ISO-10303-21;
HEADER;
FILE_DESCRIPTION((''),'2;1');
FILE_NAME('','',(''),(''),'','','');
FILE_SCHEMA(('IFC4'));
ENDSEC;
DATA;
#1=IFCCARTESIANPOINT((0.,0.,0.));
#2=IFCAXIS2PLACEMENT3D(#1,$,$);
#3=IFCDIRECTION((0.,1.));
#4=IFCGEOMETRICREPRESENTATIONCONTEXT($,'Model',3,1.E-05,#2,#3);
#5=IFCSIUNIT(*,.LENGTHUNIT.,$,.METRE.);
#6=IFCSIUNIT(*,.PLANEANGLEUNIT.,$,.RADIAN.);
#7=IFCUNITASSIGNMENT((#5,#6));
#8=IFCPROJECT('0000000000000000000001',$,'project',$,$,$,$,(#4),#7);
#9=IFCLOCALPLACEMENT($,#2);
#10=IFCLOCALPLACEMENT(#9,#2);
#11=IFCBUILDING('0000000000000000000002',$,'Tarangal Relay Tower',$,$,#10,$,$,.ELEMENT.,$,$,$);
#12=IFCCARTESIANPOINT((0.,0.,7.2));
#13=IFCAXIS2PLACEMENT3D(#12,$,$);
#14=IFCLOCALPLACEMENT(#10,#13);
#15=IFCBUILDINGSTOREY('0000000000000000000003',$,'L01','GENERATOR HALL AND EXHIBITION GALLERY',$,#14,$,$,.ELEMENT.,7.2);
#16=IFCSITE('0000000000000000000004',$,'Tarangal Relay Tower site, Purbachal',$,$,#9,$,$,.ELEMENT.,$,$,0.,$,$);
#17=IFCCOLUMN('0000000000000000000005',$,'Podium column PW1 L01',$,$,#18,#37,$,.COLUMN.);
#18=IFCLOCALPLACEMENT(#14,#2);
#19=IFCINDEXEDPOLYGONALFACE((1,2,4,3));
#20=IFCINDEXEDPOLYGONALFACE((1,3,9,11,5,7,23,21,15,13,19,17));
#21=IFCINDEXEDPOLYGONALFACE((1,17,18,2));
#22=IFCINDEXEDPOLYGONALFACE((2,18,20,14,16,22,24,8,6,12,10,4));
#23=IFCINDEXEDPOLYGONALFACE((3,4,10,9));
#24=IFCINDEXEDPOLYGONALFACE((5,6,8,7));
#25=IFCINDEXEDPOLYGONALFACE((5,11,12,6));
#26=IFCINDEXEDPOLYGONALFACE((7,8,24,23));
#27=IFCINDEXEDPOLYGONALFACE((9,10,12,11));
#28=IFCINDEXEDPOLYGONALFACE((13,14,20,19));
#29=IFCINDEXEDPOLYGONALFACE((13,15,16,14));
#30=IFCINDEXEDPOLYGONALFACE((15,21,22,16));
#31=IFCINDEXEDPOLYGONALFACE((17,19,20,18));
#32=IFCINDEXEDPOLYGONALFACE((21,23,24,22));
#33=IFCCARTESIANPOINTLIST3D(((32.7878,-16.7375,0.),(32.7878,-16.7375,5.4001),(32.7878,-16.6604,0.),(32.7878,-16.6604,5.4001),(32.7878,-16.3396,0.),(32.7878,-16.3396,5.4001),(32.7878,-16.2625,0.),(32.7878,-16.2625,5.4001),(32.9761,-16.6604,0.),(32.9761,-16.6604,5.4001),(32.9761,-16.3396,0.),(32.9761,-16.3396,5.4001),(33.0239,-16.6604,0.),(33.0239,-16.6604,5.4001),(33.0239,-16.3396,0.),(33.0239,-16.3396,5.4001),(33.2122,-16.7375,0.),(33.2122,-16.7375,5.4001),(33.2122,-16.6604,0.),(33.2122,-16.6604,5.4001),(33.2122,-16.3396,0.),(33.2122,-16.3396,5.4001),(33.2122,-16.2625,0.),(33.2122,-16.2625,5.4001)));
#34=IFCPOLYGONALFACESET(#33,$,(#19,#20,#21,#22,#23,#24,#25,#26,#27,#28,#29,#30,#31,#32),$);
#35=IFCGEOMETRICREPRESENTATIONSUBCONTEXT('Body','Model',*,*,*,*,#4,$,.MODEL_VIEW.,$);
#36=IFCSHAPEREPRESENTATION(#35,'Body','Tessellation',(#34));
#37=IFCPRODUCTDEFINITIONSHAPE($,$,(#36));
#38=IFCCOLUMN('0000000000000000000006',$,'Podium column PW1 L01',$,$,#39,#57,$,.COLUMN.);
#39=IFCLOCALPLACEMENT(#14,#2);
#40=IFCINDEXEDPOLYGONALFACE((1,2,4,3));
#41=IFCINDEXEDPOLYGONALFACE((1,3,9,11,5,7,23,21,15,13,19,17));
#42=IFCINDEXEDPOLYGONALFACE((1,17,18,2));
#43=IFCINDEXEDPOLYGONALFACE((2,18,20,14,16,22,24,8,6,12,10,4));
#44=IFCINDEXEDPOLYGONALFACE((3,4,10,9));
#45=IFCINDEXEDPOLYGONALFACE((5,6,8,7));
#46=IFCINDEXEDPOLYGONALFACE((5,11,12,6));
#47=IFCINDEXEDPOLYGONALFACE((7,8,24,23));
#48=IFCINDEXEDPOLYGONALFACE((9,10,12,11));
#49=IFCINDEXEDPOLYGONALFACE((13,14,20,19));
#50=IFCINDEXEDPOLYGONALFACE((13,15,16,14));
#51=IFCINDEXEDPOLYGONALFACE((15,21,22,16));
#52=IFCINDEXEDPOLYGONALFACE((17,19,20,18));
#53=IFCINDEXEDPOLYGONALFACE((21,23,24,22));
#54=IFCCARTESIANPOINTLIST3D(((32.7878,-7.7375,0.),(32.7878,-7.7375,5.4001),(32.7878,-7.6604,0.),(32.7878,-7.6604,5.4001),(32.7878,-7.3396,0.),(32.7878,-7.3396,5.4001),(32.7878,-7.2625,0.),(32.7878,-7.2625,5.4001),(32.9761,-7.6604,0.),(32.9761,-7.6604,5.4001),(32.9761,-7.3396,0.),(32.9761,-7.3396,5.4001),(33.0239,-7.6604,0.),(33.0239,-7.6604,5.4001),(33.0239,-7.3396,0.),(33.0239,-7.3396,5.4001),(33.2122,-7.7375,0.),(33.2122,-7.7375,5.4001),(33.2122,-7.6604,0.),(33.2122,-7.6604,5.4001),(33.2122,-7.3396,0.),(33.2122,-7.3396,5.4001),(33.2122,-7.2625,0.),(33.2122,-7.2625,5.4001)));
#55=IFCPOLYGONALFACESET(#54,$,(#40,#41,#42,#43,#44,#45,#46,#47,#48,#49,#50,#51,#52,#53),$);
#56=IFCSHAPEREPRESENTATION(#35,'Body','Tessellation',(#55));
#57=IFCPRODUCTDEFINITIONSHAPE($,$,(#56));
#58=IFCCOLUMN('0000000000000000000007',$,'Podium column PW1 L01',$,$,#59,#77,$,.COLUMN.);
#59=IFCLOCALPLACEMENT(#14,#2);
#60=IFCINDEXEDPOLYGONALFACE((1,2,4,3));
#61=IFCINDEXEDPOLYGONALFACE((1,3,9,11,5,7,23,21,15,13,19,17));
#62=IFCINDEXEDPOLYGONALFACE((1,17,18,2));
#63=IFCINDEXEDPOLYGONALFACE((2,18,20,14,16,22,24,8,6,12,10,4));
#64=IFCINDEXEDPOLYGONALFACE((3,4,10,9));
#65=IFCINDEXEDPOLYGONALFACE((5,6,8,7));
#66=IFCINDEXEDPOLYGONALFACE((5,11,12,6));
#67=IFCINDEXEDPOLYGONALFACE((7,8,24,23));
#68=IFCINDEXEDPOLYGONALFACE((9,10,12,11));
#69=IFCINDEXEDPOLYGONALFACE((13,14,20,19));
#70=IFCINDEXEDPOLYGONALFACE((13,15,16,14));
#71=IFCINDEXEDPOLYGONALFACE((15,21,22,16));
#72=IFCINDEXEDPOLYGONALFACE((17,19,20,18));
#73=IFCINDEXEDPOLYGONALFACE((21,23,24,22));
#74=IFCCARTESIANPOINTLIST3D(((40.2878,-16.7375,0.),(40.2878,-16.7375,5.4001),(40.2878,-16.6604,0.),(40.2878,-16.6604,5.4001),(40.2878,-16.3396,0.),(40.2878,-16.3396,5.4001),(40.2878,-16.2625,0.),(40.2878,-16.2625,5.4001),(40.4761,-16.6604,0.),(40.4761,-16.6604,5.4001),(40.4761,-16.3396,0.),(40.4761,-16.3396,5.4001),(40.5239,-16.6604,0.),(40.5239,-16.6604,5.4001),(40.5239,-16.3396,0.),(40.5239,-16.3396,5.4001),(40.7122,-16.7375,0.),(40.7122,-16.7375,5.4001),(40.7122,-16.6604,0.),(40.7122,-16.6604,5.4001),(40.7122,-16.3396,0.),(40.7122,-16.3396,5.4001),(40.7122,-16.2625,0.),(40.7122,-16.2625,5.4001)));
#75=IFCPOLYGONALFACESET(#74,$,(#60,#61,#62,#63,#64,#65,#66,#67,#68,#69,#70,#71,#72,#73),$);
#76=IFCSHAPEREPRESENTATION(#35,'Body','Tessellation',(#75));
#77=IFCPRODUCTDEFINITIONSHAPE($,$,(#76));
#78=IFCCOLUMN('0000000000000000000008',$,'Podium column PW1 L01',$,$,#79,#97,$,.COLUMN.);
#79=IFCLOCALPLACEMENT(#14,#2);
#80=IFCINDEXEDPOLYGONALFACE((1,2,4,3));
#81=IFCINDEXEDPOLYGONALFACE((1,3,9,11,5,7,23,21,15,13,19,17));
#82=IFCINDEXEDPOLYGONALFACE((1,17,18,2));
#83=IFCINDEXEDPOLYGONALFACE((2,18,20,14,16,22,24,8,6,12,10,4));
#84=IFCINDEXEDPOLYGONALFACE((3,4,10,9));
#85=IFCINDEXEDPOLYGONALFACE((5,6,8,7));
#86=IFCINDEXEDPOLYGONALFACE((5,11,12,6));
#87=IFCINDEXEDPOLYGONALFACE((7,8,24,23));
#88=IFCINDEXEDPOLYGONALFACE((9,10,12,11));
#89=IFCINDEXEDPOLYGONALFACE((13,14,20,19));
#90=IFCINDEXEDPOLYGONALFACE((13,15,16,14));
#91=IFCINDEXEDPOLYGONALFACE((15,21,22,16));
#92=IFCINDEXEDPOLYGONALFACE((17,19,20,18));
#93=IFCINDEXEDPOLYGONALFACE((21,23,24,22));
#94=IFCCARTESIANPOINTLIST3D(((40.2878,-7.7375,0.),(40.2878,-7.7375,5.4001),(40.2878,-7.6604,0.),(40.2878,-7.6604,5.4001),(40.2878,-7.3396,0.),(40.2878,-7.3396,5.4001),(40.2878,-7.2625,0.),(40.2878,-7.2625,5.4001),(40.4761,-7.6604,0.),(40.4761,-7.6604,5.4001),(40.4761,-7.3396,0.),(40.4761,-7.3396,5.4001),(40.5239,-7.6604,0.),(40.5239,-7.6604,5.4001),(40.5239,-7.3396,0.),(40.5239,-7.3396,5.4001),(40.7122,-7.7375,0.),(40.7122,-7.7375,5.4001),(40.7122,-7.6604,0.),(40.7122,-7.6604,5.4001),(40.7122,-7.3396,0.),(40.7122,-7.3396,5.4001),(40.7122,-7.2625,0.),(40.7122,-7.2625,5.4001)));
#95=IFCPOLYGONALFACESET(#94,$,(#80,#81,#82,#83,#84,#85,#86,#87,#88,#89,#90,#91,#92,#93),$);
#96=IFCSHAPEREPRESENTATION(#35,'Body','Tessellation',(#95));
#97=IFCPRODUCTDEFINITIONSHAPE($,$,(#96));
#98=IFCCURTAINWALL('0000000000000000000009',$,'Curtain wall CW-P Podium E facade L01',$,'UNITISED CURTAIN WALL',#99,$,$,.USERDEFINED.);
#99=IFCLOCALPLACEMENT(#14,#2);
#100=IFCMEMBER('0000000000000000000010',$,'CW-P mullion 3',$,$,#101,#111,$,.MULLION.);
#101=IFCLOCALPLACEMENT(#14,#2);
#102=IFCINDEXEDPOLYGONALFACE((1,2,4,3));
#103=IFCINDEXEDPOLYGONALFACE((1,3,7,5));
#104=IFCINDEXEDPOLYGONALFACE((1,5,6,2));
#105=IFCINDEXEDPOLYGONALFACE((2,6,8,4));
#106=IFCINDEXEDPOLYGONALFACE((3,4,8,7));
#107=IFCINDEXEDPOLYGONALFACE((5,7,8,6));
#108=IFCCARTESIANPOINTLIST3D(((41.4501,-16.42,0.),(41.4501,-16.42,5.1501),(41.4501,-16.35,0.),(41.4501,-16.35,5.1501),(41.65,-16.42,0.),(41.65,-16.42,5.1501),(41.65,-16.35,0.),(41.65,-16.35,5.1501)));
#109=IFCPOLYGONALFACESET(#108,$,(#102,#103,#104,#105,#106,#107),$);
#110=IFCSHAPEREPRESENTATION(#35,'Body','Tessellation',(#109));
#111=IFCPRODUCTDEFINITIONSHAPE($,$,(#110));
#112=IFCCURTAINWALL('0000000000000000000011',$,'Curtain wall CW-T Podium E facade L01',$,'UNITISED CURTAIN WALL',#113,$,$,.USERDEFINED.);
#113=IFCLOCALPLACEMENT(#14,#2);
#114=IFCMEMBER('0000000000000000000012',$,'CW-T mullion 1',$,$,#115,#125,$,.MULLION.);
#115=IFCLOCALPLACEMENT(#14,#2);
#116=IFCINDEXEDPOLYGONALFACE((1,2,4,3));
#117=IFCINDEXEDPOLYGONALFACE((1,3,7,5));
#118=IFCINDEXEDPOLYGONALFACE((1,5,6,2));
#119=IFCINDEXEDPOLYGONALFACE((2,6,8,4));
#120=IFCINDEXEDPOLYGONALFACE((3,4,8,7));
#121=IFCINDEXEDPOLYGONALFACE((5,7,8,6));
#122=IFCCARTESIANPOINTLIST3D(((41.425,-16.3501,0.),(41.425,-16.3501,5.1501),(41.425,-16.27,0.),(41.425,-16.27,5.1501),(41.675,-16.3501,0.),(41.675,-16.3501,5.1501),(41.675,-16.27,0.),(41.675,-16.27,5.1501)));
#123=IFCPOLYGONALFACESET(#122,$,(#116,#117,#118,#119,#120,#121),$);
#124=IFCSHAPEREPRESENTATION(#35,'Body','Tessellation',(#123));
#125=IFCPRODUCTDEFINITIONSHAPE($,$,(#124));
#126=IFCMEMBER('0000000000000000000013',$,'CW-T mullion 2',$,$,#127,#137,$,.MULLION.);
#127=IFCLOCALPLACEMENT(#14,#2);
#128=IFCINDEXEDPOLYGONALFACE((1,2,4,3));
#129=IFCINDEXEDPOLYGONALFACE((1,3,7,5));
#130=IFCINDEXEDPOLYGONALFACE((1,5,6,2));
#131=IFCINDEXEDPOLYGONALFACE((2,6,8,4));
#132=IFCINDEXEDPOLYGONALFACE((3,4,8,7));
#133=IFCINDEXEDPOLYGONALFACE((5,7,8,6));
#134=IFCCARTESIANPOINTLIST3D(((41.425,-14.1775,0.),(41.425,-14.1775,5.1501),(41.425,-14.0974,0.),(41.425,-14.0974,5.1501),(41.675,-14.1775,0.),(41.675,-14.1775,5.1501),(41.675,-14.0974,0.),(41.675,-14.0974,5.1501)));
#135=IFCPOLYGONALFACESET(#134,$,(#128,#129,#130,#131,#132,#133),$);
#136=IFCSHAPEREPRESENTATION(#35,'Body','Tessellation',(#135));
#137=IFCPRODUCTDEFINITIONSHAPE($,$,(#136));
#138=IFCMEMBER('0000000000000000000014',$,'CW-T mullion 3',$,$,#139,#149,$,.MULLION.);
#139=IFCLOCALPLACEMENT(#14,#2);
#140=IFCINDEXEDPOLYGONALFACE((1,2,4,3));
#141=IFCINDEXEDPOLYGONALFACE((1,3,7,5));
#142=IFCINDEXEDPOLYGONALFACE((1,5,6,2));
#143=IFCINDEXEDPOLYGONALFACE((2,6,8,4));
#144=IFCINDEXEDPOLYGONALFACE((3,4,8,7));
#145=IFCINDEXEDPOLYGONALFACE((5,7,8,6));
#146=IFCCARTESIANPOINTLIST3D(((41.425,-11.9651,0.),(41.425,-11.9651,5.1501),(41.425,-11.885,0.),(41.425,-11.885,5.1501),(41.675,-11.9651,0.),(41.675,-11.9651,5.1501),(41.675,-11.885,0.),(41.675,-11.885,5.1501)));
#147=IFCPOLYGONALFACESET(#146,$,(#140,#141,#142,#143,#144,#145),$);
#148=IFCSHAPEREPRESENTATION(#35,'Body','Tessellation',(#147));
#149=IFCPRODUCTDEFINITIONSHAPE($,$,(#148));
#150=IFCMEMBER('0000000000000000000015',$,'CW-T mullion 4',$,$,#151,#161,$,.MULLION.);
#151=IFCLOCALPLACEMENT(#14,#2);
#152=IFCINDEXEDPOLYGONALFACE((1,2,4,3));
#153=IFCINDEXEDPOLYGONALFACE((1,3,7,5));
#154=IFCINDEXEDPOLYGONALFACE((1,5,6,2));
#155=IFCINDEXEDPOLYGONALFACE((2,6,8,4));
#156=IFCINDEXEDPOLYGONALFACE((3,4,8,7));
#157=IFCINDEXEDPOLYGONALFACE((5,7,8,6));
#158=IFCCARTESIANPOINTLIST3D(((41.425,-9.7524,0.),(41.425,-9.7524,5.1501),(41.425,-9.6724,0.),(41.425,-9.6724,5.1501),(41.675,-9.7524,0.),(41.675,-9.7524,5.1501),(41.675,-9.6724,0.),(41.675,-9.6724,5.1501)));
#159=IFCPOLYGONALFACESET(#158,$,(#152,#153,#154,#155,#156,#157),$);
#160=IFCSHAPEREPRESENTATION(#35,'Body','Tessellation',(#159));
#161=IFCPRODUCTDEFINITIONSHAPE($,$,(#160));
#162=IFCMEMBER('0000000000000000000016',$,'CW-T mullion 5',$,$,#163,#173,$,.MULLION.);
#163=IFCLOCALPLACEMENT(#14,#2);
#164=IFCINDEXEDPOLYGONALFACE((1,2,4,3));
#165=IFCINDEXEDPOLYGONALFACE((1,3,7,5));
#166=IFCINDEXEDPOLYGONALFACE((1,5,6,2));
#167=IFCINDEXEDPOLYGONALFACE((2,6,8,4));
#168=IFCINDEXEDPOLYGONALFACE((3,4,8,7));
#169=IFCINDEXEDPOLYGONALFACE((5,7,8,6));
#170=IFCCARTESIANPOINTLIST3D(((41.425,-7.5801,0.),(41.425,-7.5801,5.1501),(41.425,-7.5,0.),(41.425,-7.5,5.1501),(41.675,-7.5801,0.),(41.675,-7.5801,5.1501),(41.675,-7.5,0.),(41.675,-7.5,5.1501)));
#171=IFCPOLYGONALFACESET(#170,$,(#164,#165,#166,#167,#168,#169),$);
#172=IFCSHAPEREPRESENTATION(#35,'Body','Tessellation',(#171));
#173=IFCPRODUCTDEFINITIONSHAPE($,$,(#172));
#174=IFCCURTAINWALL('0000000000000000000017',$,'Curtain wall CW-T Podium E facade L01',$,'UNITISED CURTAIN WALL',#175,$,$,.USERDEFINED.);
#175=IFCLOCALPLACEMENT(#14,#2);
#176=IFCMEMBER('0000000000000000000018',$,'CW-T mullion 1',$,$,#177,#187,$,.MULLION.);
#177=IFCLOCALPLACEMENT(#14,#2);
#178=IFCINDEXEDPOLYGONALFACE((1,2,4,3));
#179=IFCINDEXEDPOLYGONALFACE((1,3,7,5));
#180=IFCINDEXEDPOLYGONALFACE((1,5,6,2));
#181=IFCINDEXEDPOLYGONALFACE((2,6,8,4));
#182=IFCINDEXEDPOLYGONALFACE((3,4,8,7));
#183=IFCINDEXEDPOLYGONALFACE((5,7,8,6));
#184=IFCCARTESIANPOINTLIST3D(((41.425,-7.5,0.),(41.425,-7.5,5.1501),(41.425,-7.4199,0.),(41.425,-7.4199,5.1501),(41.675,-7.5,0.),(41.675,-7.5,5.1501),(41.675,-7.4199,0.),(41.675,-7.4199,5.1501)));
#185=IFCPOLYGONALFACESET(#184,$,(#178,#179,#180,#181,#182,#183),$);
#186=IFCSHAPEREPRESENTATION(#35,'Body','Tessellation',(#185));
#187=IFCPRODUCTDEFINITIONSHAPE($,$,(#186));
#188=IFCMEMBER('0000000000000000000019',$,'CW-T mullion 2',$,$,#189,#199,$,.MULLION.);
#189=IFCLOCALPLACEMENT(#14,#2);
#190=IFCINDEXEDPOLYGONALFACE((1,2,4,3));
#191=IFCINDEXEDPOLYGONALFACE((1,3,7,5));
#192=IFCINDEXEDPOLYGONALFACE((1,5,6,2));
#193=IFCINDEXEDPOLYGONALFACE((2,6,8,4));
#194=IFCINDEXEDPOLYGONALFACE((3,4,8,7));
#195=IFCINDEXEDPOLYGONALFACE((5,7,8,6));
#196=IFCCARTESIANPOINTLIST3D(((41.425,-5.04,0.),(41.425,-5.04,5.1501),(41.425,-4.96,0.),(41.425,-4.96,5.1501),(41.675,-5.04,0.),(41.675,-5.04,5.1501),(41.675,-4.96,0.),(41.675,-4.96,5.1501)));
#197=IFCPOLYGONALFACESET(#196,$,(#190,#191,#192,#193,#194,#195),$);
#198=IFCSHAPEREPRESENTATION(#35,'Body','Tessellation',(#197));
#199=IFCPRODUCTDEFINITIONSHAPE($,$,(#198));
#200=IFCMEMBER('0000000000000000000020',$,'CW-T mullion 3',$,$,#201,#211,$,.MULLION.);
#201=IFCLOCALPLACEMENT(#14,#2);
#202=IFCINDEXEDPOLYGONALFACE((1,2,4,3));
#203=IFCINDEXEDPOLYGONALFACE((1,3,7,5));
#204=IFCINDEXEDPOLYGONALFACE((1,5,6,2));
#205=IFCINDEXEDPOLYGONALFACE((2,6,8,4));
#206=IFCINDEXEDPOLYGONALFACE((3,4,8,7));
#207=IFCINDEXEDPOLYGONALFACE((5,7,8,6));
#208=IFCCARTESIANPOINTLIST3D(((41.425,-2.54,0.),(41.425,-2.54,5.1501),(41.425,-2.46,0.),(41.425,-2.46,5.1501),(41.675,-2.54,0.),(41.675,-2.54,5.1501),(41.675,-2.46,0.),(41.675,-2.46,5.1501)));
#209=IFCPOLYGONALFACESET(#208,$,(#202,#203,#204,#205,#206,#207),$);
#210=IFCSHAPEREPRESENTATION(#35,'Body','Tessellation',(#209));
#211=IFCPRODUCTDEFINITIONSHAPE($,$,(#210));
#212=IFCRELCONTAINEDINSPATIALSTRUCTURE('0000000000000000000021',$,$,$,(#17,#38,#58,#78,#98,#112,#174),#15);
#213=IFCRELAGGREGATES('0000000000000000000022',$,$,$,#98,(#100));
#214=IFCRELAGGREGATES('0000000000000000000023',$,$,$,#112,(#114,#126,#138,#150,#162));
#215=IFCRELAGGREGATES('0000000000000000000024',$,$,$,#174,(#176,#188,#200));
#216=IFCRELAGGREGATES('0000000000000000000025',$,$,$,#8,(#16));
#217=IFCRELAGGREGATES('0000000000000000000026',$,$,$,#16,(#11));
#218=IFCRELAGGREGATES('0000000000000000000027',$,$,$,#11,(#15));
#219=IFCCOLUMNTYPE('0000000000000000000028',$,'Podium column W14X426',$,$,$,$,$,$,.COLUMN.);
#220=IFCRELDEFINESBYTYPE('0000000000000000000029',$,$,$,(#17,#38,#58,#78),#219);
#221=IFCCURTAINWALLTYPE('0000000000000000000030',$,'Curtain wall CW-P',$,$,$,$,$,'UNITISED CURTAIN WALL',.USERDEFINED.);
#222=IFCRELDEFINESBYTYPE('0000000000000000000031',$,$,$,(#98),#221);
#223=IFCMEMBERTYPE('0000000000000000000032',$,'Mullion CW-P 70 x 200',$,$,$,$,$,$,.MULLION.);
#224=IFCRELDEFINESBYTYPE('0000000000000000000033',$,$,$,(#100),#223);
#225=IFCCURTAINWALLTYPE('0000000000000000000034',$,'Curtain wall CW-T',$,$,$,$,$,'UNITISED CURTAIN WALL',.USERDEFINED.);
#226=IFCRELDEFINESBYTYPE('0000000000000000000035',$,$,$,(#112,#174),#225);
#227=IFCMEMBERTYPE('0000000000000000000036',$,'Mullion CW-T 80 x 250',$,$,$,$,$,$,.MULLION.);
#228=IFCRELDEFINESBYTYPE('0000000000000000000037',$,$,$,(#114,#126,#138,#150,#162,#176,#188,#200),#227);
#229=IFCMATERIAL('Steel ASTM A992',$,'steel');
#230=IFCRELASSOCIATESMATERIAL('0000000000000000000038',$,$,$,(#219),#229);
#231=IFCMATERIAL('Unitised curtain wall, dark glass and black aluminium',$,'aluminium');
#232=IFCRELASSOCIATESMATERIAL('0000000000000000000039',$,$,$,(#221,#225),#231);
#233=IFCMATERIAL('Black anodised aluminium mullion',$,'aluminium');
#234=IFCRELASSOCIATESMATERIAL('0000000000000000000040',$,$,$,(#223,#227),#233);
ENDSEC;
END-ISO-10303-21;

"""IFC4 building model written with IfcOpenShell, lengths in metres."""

from ifc_helpers import new_model, si_unit, direction, frame, origin, origin_2d, place, context, subcontext, project, spatial, rectangle, i_section, extrude, material, material_profile, profile_set, type_object, element, aggregate, save


model = new_model("IFC4")

# Units and contexts
model_context = context("Model", 3, precision=1e-05, world=origin(), true_north=direction((0.0, 1.0)))
body_context = subcontext(model_context, "Body", "Model", "MODEL_VIEW")
ifc_project = project(units=[si_unit("LENGTHUNIT", "METRE"), si_unit("PLANEANGLEUNIT", "RADIAN")], contexts=[model_context])

# Site, building, storey
site_placement = place(None, origin())
site = spatial("IfcSite", under=ifc_project, at=site_placement, Name="Tarangal Relay Tower site, Purbachal", CompositionType="ELEMENT", RefElevation=0.0)
building_placement = place(site_placement, origin())
building = spatial("IfcBuilding", under=site, at=building_placement, Name="Tarangal Relay Tower", CompositionType="ELEMENT")
storey_placement = place(building_placement, frame((0.0, 0.0, 7.2)))
storey = spatial("IfcBuildingStorey", under=building, at=storey_placement, Name="L01", Description="GENERATOR HALL AND EXHIBITION GALLERY", CompositionType="ELEMENT", Elevation=7.2)

# Columns
ifc_material_1 = material(Name="Steel ASTM A992", Category="steel")
ifc_material_profile_1 = material_profile(ifc_material_1, i_section(OverallWidth=0.4243, OverallDepth=0.4751, WebThickness=0.0479, FlangeThickness=0.0771, at=origin_2d()), Name="W14X426")
ifc_profile_set_1 = profile_set([ifc_material_profile_1], Name="Steel ASTM A992")
column_type = type_object("IfcColumnType", Name="Podium column W14X426", PredefinedType="COLUMN", material=ifc_profile_set_1)
for number, where, z_axis, x_axis, name in (
    (1, (33.0, -16.5, 0.0), (0.0, 0.0, 1.0), (1.0, 0.0, 0.0), "Podium column PW1 L01"),
    (2, (33.0, -7.5, 0.0), (0.0, 0.0, 1.0), (1.0, 0.0, 0.0), "Podium column PW1 L01"),
    (3, (40.5, -16.5, 0.0), (0.0, 0.0, 1.0), (1.0, 0.0, 0.0), "Podium column PW1 L01"),
    (4, (40.5, -7.5, 0.0), (0.0, 0.0, 1.0), (1.0, 0.0, 0.0), "Podium column PW1 L01"),
):
    element("IfcColumn", number, at=place(storey_placement, frame(where, z_axis=z_axis, x_axis=x_axis)), inside=storey, type_object=column_type, Name=name, PredefinedType="COLUMN", context=body_context, shape_type="SweptSolid", body=[
        extrude(i_section(OverallWidth=0.4243, OverallDepth=0.4751, WebThickness=0.0479, FlangeThickness=0.0771, at=origin_2d()), origin(), (0.0, 0.0, 1.0), 5.4001),
    ])

# Curtain wall, member
ifc_material_2 = material(Name="Unitised curtain wall, dark glass and black aluminium", Category="aluminium")
curtain_wall_type_1 = type_object("IfcCurtainWallType", Name="Curtain wall CW-P", ElementType="UNITISED CURTAIN WALL", PredefinedType="USERDEFINED", material=ifc_material_2)
curtain_wall_1_placement = place(storey_placement, origin())
curtain_wall_1 = element("IfcCurtainWall", 5, at=curtain_wall_1_placement, inside=storey, type_object=curtain_wall_type_1, Name="Curtain wall CW-P Podium E facade L01", ObjectType="UNITISED CURTAIN WALL", PredefinedType="USERDEFINED")
ifc_material_3 = material(Name="Black anodised aluminium mullion", Category="aluminium")
ifc_material_profile_2 = material_profile(ifc_material_3, rectangle(XDim=0.2, YDim=0.0701, at=origin_2d()), Name="CW-PM 70X200")
ifc_profile_set_2 = profile_set([ifc_material_profile_2], Name="Black anodised aluminium mullion")
member_type_1 = type_object("IfcMemberType", Name="Mullion CW-P 70 x 200", PredefinedType="MULLION", material=ifc_profile_set_2)
member_1_placement = place(storey_placement, frame((41.55, -16.385, 0.0), z_axis=(0.0, 0.0, 1.0), x_axis=(-1.0, 0.0, 0.0)))
member_1 = element("IfcMember", 6, at=member_1_placement, type_object=member_type_1, Name="CW-P mullion 3", PredefinedType="MULLION", context=body_context, shape_type="SweptSolid", body=[
    extrude(rectangle(XDim=0.2, YDim=0.0701, at=origin_2d()), origin(), (0.0, 0.0, 1.0), 5.1501),
])
aggregate(curtain_wall_1, [member_1])

# Curtain walls, members
curtain_wall_type_2 = type_object("IfcCurtainWallType", Name="Curtain wall CW-T", ElementType="UNITISED CURTAIN WALL", PredefinedType="USERDEFINED", material=ifc_material_2)
curtain_wall_2_placement = place(storey_placement, origin())
curtain_wall_2 = element("IfcCurtainWall", 7, at=curtain_wall_2_placement, inside=storey, type_object=curtain_wall_type_2, Name="Curtain wall CW-T Podium E facade L01", ObjectType="UNITISED CURTAIN WALL", PredefinedType="USERDEFINED")
ifc_material_profile_3 = material_profile(ifc_material_3, rectangle(XDim=0.25, YDim=0.0801, at=origin_2d()), Name="CW-TM 80X250")
ifc_profile_set_3 = profile_set([ifc_material_profile_3], Name="Black anodised aluminium mullion")
member_type_2 = type_object("IfcMemberType", Name="Mullion CW-T 80 x 250", PredefinedType="MULLION", material=ifc_profile_set_3)
member_2_placement = place(storey_placement, frame((41.55, -16.3101, 0.0), z_axis=(0.0, 0.0, 1.0), x_axis=(-1.0, 0.0, 0.0)))
member_2 = element("IfcMember", 8, at=member_2_placement, type_object=member_type_2, Name="CW-T mullion 1", PredefinedType="MULLION", context=body_context, shape_type="SweptSolid", body=[
    extrude(rectangle(XDim=0.25, YDim=0.0801, at=origin_2d()), origin(), (0.0, 0.0, 1.0), 5.1501),
])
member_3_placement = place(storey_placement, frame((41.55, -14.1375, 0.0), z_axis=(0.0, 0.0, 1.0), x_axis=(-1.0, 0.0, 0.0)))
member_3 = element("IfcMember", 9, at=member_3_placement, type_object=member_type_2, Name="CW-T mullion 2", PredefinedType="MULLION", context=body_context, shape_type="SweptSolid", body=[
    extrude(rectangle(XDim=0.25, YDim=0.0801, at=origin_2d()), origin(), (0.0, 0.0, 1.0), 5.1501),
])
member_4_placement = place(storey_placement, frame((41.55, -11.925, 0.0), z_axis=(0.0, 0.0, 1.0), x_axis=(-1.0, 0.0, 0.0)))
member_4 = element("IfcMember", 10, at=member_4_placement, type_object=member_type_2, Name="CW-T mullion 3", PredefinedType="MULLION", context=body_context, shape_type="SweptSolid", body=[
    extrude(rectangle(XDim=0.25, YDim=0.0801, at=origin_2d()), origin(), (0.0, 0.0, 1.0), 5.1501),
])
member_5_placement = place(storey_placement, frame((41.55, -9.7124, 0.0), z_axis=(0.0, 0.0, 1.0), x_axis=(-1.0, 0.0, 0.0)))
member_5 = element("IfcMember", 11, at=member_5_placement, type_object=member_type_2, Name="CW-T mullion 4", PredefinedType="MULLION", context=body_context, shape_type="SweptSolid", body=[
    extrude(rectangle(XDim=0.25, YDim=0.0801, at=origin_2d()), origin(), (0.0, 0.0, 1.0), 5.1501),
])
member_6_placement = place(storey_placement, frame((41.55, -7.54, 0.0), z_axis=(0.0, 0.0, 1.0), x_axis=(-1.0, 0.0, 0.0)))
member_6 = element("IfcMember", 12, at=member_6_placement, type_object=member_type_2, Name="CW-T mullion 5", PredefinedType="MULLION", context=body_context, shape_type="SweptSolid", body=[
    extrude(rectangle(XDim=0.25, YDim=0.0801, at=origin_2d()), origin(), (0.0, 0.0, 1.0), 5.1501),
])
curtain_wall_3_placement = place(storey_placement, origin())
curtain_wall_3 = element("IfcCurtainWall", 13, at=curtain_wall_3_placement, inside=storey, type_object=curtain_wall_type_2, Name="Curtain wall CW-T Podium E facade L01", ObjectType="UNITISED CURTAIN WALL", PredefinedType="USERDEFINED")
member_7_placement = place(storey_placement, frame((41.55, -7.46, 0.0), z_axis=(0.0, 0.0, 1.0), x_axis=(-1.0, 0.0, 0.0)))
member_7 = element("IfcMember", 14, at=member_7_placement, type_object=member_type_2, Name="CW-T mullion 1", PredefinedType="MULLION", context=body_context, shape_type="SweptSolid", body=[
    extrude(rectangle(XDim=0.25, YDim=0.0801, at=origin_2d()), origin(), (0.0, 0.0, 1.0), 5.1501),
])
member_8_placement = place(storey_placement, frame((41.55, -5.0, 0.0), z_axis=(0.0, 0.0, 1.0), x_axis=(-1.0, 0.0, 0.0)))
member_8 = element("IfcMember", 15, at=member_8_placement, type_object=member_type_2, Name="CW-T mullion 2", PredefinedType="MULLION", context=body_context, shape_type="SweptSolid", body=[
    extrude(rectangle(XDim=0.25, YDim=0.0801, at=origin_2d()), origin(), (0.0, 0.0, 1.0), 5.1501),
])
member_9_placement = place(storey_placement, frame((41.55, -2.5, 0.0), z_axis=(0.0, 0.0, 1.0), x_axis=(-1.0, 0.0, 0.0)))
member_9 = element("IfcMember", 16, at=member_9_placement, type_object=member_type_2, Name="CW-T mullion 3", PredefinedType="MULLION", context=body_context, shape_type="SweptSolid", body=[
    extrude(rectangle(XDim=0.25, YDim=0.0801, at=origin_2d()), origin(), (0.0, 0.0, 1.0), 5.1501),
])

aggregate(curtain_wall_2, [member_2, member_3, member_4, member_5, member_6])
aggregate(curtain_wall_3, [member_7, member_8, member_9])

save(model, "model.ifc")
